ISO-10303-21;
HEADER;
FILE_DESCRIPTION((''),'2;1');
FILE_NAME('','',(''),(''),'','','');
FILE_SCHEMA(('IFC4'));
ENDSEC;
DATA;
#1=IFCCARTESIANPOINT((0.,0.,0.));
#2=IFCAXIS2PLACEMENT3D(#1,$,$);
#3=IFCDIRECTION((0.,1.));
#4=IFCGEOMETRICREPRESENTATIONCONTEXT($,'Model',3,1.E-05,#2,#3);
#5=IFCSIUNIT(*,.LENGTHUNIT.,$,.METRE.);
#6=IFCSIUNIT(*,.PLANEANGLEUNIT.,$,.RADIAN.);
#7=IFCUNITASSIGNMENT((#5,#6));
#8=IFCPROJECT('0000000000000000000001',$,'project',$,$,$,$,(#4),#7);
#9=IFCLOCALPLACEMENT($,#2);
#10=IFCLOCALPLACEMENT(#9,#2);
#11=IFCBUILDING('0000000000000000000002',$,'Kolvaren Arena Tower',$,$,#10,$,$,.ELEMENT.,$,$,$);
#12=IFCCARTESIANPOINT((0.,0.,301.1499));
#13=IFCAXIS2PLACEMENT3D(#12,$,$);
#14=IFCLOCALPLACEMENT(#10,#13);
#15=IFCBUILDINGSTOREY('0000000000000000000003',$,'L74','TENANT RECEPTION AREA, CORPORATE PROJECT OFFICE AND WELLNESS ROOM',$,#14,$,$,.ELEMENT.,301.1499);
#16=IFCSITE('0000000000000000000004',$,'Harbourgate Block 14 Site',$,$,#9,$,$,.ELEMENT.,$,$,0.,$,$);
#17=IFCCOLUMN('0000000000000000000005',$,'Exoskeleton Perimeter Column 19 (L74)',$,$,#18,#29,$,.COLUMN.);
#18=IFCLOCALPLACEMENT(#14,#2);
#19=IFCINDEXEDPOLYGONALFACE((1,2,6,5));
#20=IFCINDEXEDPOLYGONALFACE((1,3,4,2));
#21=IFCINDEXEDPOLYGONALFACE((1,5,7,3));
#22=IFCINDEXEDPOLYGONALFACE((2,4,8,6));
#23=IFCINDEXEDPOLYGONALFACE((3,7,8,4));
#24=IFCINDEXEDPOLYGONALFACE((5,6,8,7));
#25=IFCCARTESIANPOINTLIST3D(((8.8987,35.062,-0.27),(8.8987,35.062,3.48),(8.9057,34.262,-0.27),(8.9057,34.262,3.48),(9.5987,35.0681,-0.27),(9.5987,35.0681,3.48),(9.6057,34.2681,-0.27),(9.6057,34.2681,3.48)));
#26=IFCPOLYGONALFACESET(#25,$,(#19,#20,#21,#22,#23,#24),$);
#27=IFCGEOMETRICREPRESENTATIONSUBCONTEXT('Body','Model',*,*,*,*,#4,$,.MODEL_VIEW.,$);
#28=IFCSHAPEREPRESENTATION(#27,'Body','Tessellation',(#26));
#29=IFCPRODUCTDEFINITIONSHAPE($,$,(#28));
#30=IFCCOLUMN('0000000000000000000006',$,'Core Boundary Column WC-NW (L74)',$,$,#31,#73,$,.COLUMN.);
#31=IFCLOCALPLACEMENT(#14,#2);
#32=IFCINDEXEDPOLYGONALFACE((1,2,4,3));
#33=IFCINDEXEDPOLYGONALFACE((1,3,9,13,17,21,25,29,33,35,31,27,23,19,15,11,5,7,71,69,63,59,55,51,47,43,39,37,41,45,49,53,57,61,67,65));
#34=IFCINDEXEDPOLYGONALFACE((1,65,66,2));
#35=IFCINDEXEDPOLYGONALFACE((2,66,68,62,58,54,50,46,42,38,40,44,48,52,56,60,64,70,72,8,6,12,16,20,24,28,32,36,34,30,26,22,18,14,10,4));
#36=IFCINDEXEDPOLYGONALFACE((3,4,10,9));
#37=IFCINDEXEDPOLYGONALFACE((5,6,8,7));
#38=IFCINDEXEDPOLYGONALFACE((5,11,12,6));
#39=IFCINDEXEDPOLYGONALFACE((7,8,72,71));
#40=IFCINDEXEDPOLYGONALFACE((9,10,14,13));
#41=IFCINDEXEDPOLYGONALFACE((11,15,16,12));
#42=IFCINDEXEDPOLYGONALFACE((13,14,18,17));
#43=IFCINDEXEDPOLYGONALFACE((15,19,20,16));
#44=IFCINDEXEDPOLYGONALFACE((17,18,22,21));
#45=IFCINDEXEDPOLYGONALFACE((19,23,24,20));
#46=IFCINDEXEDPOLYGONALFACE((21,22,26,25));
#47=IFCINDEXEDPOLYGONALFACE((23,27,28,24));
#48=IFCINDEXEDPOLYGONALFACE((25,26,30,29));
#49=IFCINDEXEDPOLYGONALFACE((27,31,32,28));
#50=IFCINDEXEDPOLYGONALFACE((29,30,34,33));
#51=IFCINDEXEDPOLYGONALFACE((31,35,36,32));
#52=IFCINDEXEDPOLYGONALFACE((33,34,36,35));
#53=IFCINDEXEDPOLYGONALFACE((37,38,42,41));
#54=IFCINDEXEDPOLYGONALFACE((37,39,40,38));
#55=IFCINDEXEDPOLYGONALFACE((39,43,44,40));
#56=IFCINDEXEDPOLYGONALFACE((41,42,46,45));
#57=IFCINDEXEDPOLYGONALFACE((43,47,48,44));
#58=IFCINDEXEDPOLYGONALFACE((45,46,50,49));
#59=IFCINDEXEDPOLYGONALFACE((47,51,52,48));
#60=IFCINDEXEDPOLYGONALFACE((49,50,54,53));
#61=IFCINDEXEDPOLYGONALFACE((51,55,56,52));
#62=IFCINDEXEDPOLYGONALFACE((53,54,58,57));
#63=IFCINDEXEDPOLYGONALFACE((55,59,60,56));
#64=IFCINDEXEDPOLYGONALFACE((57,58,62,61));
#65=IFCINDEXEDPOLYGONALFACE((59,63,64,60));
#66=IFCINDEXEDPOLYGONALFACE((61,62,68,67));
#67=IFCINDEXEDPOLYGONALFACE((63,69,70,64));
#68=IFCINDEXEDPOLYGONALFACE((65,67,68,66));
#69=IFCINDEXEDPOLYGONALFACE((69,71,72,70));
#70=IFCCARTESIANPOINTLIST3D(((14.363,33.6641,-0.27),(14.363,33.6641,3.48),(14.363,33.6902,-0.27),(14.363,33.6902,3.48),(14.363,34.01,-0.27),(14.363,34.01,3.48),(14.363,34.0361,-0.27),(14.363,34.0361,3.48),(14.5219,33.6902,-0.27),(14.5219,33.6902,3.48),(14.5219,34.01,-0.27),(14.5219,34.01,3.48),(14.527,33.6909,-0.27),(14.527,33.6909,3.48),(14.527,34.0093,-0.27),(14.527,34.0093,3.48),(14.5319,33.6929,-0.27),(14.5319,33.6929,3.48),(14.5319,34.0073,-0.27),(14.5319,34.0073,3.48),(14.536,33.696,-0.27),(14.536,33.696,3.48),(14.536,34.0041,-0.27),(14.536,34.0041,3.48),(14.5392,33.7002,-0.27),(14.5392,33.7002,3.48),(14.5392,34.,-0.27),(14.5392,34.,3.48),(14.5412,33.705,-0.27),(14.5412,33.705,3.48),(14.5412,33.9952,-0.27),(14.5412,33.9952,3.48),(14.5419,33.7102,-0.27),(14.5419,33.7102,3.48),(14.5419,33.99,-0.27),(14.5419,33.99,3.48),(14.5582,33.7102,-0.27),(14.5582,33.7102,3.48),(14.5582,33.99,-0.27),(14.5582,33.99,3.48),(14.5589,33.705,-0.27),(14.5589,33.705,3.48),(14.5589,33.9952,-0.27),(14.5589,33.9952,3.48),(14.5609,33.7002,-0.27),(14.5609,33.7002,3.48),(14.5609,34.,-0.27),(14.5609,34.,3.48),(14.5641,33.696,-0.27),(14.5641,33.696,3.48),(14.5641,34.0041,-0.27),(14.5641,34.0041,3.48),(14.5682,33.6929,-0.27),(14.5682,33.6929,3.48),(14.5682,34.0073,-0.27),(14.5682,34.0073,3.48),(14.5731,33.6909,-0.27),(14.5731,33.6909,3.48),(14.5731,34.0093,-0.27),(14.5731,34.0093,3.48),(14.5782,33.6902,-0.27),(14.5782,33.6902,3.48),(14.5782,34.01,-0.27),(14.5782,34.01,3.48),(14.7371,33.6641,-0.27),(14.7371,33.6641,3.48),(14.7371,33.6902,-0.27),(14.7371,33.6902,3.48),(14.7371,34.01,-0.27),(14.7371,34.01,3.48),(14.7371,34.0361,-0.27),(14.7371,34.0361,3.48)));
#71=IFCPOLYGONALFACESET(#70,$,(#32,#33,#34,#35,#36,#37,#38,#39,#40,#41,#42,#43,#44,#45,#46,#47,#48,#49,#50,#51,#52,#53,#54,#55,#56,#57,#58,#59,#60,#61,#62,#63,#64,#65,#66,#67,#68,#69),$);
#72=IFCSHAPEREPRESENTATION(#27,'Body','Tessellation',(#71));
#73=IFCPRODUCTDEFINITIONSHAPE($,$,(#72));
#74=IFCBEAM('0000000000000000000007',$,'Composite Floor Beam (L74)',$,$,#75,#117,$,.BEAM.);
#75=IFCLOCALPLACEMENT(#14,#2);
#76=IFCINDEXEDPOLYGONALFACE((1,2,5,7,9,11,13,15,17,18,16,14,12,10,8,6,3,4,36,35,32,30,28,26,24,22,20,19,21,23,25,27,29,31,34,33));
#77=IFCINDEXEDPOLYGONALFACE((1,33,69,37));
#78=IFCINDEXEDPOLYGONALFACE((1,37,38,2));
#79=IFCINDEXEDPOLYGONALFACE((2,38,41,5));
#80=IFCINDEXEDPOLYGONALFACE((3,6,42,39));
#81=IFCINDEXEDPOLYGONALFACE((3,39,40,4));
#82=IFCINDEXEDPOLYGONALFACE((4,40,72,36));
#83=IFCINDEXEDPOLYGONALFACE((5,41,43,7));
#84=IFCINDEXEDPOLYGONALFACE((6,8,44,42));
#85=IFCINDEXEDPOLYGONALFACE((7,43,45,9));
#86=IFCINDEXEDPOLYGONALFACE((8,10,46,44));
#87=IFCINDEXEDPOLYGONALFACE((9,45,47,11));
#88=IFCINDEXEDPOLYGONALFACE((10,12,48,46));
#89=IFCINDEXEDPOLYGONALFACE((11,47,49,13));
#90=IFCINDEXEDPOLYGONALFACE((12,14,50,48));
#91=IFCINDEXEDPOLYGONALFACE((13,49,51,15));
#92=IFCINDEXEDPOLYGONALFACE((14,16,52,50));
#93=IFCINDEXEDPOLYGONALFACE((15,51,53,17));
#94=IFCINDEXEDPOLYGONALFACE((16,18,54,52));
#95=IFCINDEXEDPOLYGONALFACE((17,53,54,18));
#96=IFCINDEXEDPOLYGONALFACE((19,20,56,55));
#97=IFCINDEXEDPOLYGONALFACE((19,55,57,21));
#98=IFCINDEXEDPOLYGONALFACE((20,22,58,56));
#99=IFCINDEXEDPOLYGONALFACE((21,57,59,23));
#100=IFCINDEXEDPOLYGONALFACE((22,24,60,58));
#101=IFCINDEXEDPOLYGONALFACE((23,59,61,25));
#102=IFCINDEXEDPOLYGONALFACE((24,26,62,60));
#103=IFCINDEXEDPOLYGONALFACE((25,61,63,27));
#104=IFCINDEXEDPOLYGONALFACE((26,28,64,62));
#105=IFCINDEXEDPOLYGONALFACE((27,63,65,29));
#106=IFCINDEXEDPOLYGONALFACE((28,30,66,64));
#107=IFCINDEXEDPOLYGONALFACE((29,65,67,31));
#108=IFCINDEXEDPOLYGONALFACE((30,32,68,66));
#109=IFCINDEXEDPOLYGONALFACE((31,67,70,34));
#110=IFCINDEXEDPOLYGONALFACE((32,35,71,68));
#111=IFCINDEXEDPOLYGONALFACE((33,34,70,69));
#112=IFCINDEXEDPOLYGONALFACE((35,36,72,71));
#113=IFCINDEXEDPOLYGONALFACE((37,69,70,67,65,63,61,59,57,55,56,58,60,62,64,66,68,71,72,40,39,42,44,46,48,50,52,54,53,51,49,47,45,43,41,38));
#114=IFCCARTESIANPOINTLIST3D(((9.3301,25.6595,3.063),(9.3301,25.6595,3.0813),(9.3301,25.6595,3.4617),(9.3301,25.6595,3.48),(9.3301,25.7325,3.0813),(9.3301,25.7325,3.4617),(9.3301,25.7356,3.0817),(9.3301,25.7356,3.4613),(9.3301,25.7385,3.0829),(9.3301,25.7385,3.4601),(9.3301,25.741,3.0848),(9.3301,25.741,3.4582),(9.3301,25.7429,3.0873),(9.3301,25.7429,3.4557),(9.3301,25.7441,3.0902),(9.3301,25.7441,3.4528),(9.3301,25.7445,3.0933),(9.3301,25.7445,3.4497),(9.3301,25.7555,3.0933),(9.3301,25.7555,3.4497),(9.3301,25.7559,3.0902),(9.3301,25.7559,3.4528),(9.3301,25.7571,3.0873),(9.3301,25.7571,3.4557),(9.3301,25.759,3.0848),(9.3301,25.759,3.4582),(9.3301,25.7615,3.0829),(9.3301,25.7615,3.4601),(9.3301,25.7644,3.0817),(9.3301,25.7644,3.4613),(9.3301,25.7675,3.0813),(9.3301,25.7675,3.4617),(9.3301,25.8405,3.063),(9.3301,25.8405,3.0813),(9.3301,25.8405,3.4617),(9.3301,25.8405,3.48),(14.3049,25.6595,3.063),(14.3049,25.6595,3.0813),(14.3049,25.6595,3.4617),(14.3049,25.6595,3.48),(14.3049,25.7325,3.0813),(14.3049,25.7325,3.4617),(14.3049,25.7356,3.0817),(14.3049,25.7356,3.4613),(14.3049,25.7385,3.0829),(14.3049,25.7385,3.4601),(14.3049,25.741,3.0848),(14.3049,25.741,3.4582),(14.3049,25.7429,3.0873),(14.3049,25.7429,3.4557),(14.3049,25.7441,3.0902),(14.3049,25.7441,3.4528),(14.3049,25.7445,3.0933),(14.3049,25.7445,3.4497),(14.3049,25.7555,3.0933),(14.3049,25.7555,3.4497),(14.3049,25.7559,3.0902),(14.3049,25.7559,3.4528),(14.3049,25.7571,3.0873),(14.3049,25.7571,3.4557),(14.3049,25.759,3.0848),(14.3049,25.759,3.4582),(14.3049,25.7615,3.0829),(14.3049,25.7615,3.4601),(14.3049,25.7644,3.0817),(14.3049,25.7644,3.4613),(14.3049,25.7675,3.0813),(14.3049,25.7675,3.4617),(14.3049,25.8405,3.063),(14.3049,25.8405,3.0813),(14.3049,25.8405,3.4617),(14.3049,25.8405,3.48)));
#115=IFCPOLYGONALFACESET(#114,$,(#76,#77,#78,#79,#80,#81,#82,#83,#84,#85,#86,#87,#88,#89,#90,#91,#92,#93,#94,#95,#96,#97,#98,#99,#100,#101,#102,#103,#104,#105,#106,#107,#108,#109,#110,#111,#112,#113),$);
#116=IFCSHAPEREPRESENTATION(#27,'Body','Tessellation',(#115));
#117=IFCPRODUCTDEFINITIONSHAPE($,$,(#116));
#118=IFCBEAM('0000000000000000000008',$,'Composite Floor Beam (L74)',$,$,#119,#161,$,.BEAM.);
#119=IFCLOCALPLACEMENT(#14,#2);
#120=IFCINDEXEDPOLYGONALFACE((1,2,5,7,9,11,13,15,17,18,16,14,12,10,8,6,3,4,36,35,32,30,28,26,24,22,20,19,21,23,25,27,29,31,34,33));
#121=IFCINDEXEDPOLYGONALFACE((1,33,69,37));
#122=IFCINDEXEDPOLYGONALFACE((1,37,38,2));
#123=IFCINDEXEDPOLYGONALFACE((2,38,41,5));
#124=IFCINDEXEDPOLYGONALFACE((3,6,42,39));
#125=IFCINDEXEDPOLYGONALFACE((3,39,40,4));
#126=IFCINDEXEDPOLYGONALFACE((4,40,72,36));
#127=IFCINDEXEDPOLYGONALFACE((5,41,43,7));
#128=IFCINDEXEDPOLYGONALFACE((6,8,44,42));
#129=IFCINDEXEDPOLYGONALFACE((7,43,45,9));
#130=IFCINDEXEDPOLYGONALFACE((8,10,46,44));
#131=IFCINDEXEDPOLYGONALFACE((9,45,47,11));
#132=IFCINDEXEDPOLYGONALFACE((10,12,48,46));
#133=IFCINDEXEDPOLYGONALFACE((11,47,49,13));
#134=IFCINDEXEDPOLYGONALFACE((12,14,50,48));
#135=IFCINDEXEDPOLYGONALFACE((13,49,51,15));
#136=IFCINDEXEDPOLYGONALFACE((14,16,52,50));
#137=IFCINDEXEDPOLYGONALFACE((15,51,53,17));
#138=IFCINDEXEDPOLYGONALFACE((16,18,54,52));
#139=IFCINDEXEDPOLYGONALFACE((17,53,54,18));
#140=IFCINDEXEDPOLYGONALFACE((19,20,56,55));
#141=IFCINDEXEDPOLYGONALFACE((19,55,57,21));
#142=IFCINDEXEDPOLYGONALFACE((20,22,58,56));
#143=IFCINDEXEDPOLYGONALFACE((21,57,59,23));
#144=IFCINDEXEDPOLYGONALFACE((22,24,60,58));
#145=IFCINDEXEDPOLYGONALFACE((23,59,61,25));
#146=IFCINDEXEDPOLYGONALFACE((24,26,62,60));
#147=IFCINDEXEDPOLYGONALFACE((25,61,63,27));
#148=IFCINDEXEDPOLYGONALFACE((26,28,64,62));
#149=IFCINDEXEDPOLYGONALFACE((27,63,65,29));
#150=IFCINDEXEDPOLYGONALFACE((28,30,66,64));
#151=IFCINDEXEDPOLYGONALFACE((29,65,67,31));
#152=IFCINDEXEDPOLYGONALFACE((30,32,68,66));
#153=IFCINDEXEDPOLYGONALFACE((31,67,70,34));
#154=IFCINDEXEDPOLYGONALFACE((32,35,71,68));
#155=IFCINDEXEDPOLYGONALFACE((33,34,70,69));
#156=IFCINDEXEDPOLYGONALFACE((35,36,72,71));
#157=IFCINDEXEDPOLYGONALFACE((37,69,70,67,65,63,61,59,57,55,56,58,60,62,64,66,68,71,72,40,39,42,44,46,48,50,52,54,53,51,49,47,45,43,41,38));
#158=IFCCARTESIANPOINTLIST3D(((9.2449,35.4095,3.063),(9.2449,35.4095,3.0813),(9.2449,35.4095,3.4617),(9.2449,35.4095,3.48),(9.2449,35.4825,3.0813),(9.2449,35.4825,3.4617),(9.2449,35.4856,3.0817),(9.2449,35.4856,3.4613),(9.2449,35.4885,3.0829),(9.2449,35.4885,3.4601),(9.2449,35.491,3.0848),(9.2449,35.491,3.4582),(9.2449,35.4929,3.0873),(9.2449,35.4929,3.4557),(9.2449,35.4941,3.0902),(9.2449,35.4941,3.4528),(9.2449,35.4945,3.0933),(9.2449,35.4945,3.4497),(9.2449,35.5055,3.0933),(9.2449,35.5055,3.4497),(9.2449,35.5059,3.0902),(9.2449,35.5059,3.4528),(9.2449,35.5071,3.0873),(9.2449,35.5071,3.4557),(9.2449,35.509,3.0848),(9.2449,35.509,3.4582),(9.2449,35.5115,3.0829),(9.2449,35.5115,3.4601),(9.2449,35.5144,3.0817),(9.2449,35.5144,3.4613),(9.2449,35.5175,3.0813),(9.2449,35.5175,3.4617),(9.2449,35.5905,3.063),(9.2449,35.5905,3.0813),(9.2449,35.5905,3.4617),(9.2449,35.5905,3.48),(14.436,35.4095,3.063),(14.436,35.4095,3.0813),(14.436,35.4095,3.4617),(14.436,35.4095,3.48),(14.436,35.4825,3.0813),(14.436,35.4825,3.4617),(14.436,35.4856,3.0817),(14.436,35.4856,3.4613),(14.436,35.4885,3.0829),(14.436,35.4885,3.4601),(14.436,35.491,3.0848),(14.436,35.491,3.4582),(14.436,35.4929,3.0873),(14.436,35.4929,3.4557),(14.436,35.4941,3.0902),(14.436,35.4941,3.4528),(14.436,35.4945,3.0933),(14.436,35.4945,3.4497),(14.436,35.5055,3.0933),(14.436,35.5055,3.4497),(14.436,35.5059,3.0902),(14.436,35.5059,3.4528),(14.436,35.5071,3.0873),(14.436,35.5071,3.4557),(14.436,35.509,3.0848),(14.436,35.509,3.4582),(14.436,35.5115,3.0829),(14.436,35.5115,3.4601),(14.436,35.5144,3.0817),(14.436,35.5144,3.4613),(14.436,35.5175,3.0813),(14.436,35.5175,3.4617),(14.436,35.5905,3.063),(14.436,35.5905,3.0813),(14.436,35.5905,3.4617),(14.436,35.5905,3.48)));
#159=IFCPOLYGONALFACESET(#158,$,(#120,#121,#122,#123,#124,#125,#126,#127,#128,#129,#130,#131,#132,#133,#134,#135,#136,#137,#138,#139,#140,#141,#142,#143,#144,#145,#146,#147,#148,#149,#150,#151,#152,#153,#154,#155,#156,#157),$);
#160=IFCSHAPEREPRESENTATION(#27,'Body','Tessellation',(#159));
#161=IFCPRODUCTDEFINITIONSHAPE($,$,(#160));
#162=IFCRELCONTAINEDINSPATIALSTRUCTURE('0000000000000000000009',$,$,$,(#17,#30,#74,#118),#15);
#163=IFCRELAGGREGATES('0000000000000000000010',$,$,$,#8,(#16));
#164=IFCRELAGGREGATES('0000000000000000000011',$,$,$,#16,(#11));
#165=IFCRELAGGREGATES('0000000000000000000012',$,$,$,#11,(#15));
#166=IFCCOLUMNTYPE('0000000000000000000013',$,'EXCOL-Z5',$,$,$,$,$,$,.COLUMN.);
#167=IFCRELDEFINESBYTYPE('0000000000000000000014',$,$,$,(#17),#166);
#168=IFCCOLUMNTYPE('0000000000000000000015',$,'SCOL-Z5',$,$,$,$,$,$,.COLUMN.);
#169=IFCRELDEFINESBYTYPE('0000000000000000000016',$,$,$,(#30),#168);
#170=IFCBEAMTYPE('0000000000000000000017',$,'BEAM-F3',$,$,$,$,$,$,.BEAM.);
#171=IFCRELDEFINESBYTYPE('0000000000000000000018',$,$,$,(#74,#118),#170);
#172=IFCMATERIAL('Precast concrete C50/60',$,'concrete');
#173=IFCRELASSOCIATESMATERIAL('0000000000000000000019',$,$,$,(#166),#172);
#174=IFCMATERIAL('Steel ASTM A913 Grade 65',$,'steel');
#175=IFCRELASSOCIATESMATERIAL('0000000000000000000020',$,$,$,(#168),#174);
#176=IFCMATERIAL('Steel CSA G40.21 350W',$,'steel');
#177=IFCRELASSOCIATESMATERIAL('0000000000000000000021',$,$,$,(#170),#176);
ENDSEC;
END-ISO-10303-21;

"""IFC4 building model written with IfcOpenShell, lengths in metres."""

from ifc_helpers import new_model, si_unit, direction, frame, origin, origin_2d, place, context, subcontext, project, spatial, rectangle, i_section, extrude, material, material_profile, profile_set, type_object, element, save


model = new_model("IFC4")

# Units and contexts
model_context = context("Model", 3, precision=1e-05, world=origin(), true_north=direction((0.0, 1.0)))
body_context = subcontext(model_context, "Body", "Model", "MODEL_VIEW")
ifc_project = project(units=[si_unit("LENGTHUNIT", "METRE"), si_unit("PLANEANGLEUNIT", "RADIAN")], contexts=[model_context])

# Site, building, storey
site_placement = place(None, origin())
site = spatial("IfcSite", under=ifc_project, at=site_placement, Name="Harbourgate Block 14 Site", CompositionType="ELEMENT", RefElevation=0.0)
building_placement = place(site_placement, origin())
building = spatial("IfcBuilding", under=site, at=building_placement, Name="Kolvaren Arena Tower", CompositionType="ELEMENT")
storey_placement = place(building_placement, frame((0.0, 0.0, 301.1499)))
storey = spatial("IfcBuildingStorey", under=building, at=storey_placement, Name="L74", Description="TENANT RECEPTION AREA, CORPORATE PROJECT OFFICE AND WELLNESS ROOM", CompositionType="ELEMENT", Elevation=301.1499)

# Columns
ifc_material_1 = material(Name="Precast concrete C50/60", Category="concrete")
ifc_material_profile_1 = material_profile(ifc_material_1, rectangle(XDim=0.8, YDim=0.7, at=origin_2d()), Name="RC-800x700")
ifc_profile_set_1 = profile_set([ifc_material_profile_1], Name="Precast concrete C50/60")
column_type_1 = type_object("IfcColumnType", Name="EXCOL-Z5", PredefinedType="COLUMN", material=ifc_profile_set_1)
column_1_placement = place(storey_placement, frame((9.2522, 34.665, -0.27), z_axis=(0.0, 0.0, 1.0), x_axis=(-0.008727, 0.999962, 0.0)))
element("IfcColumn", 1, at=column_1_placement, inside=storey, type_object=column_type_1, Name="Exoskeleton Perimeter Column 19 (L74)", PredefinedType="COLUMN", context=body_context, shape_type="SweptSolid", body=[
    extrude(rectangle(XDim=0.8, YDim=0.7, at=origin_2d()), origin(), (0.0, 0.0, 1.0), 3.75),
])
ifc_material_2 = material(Name="Steel ASTM A913 Grade 65", Category="steel")
ifc_material_profile_2 = material_profile(ifc_material_2, i_section(OverallWidth=0.374, OverallDepth=0.3721, WebThickness=0.0164, FlangeThickness=0.0261, FilletRadius=0.02, at=origin_2d()), Name="W360x196")
ifc_profile_set_2 = profile_set([ifc_material_profile_2], Name="Steel ASTM A913 Grade 65")
column_type_2 = type_object("IfcColumnType", Name="SCOL-Z5", PredefinedType="COLUMN", material=ifc_profile_set_2)
column_2_placement = place(storey_placement, frame((14.55, 33.8501, -0.27), z_axis=(0.0, 0.0, 1.0), x_axis=(1.0, 0.0, 0.0)))
element("IfcColumn", 2, at=column_2_placement, inside=storey, type_object=column_type_2, Name="Core Boundary Column WC-NW (L74)", PredefinedType="COLUMN", context=body_context, shape_type="SweptSolid", body=[
    extrude(i_section(OverallWidth=0.374, OverallDepth=0.3721, WebThickness=0.0164, FlangeThickness=0.0261, FilletRadius=0.02, at=origin_2d()), origin(), (0.0, 0.0, 1.0), 3.75),
])

# Beams
ifc_material_3 = material(Name="Steel CSA G40.21 350W", Category="steel")
ifc_material_profile_3 = material_profile(ifc_material_3, i_section(OverallWidth=0.1809, OverallDepth=0.417, WebThickness=0.011, FlangeThickness=0.0183, FilletRadius=0.012, at=origin_2d()), Name="W410x85")
ifc_profile_set_3 = profile_set([ifc_material_profile_3], Name="Steel CSA G40.21 350W")
beam_type_1 = type_object("IfcBeamType", Name="BEAM-F3", PredefinedType="BEAM", material=ifc_profile_set_3)
beam_1_placement = place(storey_placement, frame((9.3301, 25.75, 3.2715), z_axis=(1.0, 0.0, 0.0), x_axis=(0.0, 1.0, 0.0)))
element("IfcBeam", 3, at=beam_1_placement, inside=storey, type_object=beam_type_1, Name="Composite Floor Beam (L74)", PredefinedType="BEAM", context=body_context, shape_type="SweptSolid", body=[
    extrude(i_section(OverallWidth=0.1809, OverallDepth=0.417, WebThickness=0.011, FlangeThickness=0.0183, FilletRadius=0.012, at=origin_2d()), origin(), (0.0, 0.0, 1.0), 4.9749),
])
beam_2_placement = place(storey_placement, frame((9.2449, 35.5, 3.2715), z_axis=(1.0, 0.0, 0.0), x_axis=(0.0, 1.0, 0.0)))
element("IfcBeam", 4, at=beam_2_placement, inside=storey, type_object=beam_type_1, Name="Composite Floor Beam (L74)", PredefinedType="BEAM", context=body_context, shape_type="SweptSolid", body=[
    extrude(i_section(OverallWidth=0.1809, OverallDepth=0.417, WebThickness=0.011, FlangeThickness=0.0183, FilletRadius=0.012, at=origin_2d()), origin(), (0.0, 0.0, 1.0), 5.1912),
])

save(model, "model.ifc")
